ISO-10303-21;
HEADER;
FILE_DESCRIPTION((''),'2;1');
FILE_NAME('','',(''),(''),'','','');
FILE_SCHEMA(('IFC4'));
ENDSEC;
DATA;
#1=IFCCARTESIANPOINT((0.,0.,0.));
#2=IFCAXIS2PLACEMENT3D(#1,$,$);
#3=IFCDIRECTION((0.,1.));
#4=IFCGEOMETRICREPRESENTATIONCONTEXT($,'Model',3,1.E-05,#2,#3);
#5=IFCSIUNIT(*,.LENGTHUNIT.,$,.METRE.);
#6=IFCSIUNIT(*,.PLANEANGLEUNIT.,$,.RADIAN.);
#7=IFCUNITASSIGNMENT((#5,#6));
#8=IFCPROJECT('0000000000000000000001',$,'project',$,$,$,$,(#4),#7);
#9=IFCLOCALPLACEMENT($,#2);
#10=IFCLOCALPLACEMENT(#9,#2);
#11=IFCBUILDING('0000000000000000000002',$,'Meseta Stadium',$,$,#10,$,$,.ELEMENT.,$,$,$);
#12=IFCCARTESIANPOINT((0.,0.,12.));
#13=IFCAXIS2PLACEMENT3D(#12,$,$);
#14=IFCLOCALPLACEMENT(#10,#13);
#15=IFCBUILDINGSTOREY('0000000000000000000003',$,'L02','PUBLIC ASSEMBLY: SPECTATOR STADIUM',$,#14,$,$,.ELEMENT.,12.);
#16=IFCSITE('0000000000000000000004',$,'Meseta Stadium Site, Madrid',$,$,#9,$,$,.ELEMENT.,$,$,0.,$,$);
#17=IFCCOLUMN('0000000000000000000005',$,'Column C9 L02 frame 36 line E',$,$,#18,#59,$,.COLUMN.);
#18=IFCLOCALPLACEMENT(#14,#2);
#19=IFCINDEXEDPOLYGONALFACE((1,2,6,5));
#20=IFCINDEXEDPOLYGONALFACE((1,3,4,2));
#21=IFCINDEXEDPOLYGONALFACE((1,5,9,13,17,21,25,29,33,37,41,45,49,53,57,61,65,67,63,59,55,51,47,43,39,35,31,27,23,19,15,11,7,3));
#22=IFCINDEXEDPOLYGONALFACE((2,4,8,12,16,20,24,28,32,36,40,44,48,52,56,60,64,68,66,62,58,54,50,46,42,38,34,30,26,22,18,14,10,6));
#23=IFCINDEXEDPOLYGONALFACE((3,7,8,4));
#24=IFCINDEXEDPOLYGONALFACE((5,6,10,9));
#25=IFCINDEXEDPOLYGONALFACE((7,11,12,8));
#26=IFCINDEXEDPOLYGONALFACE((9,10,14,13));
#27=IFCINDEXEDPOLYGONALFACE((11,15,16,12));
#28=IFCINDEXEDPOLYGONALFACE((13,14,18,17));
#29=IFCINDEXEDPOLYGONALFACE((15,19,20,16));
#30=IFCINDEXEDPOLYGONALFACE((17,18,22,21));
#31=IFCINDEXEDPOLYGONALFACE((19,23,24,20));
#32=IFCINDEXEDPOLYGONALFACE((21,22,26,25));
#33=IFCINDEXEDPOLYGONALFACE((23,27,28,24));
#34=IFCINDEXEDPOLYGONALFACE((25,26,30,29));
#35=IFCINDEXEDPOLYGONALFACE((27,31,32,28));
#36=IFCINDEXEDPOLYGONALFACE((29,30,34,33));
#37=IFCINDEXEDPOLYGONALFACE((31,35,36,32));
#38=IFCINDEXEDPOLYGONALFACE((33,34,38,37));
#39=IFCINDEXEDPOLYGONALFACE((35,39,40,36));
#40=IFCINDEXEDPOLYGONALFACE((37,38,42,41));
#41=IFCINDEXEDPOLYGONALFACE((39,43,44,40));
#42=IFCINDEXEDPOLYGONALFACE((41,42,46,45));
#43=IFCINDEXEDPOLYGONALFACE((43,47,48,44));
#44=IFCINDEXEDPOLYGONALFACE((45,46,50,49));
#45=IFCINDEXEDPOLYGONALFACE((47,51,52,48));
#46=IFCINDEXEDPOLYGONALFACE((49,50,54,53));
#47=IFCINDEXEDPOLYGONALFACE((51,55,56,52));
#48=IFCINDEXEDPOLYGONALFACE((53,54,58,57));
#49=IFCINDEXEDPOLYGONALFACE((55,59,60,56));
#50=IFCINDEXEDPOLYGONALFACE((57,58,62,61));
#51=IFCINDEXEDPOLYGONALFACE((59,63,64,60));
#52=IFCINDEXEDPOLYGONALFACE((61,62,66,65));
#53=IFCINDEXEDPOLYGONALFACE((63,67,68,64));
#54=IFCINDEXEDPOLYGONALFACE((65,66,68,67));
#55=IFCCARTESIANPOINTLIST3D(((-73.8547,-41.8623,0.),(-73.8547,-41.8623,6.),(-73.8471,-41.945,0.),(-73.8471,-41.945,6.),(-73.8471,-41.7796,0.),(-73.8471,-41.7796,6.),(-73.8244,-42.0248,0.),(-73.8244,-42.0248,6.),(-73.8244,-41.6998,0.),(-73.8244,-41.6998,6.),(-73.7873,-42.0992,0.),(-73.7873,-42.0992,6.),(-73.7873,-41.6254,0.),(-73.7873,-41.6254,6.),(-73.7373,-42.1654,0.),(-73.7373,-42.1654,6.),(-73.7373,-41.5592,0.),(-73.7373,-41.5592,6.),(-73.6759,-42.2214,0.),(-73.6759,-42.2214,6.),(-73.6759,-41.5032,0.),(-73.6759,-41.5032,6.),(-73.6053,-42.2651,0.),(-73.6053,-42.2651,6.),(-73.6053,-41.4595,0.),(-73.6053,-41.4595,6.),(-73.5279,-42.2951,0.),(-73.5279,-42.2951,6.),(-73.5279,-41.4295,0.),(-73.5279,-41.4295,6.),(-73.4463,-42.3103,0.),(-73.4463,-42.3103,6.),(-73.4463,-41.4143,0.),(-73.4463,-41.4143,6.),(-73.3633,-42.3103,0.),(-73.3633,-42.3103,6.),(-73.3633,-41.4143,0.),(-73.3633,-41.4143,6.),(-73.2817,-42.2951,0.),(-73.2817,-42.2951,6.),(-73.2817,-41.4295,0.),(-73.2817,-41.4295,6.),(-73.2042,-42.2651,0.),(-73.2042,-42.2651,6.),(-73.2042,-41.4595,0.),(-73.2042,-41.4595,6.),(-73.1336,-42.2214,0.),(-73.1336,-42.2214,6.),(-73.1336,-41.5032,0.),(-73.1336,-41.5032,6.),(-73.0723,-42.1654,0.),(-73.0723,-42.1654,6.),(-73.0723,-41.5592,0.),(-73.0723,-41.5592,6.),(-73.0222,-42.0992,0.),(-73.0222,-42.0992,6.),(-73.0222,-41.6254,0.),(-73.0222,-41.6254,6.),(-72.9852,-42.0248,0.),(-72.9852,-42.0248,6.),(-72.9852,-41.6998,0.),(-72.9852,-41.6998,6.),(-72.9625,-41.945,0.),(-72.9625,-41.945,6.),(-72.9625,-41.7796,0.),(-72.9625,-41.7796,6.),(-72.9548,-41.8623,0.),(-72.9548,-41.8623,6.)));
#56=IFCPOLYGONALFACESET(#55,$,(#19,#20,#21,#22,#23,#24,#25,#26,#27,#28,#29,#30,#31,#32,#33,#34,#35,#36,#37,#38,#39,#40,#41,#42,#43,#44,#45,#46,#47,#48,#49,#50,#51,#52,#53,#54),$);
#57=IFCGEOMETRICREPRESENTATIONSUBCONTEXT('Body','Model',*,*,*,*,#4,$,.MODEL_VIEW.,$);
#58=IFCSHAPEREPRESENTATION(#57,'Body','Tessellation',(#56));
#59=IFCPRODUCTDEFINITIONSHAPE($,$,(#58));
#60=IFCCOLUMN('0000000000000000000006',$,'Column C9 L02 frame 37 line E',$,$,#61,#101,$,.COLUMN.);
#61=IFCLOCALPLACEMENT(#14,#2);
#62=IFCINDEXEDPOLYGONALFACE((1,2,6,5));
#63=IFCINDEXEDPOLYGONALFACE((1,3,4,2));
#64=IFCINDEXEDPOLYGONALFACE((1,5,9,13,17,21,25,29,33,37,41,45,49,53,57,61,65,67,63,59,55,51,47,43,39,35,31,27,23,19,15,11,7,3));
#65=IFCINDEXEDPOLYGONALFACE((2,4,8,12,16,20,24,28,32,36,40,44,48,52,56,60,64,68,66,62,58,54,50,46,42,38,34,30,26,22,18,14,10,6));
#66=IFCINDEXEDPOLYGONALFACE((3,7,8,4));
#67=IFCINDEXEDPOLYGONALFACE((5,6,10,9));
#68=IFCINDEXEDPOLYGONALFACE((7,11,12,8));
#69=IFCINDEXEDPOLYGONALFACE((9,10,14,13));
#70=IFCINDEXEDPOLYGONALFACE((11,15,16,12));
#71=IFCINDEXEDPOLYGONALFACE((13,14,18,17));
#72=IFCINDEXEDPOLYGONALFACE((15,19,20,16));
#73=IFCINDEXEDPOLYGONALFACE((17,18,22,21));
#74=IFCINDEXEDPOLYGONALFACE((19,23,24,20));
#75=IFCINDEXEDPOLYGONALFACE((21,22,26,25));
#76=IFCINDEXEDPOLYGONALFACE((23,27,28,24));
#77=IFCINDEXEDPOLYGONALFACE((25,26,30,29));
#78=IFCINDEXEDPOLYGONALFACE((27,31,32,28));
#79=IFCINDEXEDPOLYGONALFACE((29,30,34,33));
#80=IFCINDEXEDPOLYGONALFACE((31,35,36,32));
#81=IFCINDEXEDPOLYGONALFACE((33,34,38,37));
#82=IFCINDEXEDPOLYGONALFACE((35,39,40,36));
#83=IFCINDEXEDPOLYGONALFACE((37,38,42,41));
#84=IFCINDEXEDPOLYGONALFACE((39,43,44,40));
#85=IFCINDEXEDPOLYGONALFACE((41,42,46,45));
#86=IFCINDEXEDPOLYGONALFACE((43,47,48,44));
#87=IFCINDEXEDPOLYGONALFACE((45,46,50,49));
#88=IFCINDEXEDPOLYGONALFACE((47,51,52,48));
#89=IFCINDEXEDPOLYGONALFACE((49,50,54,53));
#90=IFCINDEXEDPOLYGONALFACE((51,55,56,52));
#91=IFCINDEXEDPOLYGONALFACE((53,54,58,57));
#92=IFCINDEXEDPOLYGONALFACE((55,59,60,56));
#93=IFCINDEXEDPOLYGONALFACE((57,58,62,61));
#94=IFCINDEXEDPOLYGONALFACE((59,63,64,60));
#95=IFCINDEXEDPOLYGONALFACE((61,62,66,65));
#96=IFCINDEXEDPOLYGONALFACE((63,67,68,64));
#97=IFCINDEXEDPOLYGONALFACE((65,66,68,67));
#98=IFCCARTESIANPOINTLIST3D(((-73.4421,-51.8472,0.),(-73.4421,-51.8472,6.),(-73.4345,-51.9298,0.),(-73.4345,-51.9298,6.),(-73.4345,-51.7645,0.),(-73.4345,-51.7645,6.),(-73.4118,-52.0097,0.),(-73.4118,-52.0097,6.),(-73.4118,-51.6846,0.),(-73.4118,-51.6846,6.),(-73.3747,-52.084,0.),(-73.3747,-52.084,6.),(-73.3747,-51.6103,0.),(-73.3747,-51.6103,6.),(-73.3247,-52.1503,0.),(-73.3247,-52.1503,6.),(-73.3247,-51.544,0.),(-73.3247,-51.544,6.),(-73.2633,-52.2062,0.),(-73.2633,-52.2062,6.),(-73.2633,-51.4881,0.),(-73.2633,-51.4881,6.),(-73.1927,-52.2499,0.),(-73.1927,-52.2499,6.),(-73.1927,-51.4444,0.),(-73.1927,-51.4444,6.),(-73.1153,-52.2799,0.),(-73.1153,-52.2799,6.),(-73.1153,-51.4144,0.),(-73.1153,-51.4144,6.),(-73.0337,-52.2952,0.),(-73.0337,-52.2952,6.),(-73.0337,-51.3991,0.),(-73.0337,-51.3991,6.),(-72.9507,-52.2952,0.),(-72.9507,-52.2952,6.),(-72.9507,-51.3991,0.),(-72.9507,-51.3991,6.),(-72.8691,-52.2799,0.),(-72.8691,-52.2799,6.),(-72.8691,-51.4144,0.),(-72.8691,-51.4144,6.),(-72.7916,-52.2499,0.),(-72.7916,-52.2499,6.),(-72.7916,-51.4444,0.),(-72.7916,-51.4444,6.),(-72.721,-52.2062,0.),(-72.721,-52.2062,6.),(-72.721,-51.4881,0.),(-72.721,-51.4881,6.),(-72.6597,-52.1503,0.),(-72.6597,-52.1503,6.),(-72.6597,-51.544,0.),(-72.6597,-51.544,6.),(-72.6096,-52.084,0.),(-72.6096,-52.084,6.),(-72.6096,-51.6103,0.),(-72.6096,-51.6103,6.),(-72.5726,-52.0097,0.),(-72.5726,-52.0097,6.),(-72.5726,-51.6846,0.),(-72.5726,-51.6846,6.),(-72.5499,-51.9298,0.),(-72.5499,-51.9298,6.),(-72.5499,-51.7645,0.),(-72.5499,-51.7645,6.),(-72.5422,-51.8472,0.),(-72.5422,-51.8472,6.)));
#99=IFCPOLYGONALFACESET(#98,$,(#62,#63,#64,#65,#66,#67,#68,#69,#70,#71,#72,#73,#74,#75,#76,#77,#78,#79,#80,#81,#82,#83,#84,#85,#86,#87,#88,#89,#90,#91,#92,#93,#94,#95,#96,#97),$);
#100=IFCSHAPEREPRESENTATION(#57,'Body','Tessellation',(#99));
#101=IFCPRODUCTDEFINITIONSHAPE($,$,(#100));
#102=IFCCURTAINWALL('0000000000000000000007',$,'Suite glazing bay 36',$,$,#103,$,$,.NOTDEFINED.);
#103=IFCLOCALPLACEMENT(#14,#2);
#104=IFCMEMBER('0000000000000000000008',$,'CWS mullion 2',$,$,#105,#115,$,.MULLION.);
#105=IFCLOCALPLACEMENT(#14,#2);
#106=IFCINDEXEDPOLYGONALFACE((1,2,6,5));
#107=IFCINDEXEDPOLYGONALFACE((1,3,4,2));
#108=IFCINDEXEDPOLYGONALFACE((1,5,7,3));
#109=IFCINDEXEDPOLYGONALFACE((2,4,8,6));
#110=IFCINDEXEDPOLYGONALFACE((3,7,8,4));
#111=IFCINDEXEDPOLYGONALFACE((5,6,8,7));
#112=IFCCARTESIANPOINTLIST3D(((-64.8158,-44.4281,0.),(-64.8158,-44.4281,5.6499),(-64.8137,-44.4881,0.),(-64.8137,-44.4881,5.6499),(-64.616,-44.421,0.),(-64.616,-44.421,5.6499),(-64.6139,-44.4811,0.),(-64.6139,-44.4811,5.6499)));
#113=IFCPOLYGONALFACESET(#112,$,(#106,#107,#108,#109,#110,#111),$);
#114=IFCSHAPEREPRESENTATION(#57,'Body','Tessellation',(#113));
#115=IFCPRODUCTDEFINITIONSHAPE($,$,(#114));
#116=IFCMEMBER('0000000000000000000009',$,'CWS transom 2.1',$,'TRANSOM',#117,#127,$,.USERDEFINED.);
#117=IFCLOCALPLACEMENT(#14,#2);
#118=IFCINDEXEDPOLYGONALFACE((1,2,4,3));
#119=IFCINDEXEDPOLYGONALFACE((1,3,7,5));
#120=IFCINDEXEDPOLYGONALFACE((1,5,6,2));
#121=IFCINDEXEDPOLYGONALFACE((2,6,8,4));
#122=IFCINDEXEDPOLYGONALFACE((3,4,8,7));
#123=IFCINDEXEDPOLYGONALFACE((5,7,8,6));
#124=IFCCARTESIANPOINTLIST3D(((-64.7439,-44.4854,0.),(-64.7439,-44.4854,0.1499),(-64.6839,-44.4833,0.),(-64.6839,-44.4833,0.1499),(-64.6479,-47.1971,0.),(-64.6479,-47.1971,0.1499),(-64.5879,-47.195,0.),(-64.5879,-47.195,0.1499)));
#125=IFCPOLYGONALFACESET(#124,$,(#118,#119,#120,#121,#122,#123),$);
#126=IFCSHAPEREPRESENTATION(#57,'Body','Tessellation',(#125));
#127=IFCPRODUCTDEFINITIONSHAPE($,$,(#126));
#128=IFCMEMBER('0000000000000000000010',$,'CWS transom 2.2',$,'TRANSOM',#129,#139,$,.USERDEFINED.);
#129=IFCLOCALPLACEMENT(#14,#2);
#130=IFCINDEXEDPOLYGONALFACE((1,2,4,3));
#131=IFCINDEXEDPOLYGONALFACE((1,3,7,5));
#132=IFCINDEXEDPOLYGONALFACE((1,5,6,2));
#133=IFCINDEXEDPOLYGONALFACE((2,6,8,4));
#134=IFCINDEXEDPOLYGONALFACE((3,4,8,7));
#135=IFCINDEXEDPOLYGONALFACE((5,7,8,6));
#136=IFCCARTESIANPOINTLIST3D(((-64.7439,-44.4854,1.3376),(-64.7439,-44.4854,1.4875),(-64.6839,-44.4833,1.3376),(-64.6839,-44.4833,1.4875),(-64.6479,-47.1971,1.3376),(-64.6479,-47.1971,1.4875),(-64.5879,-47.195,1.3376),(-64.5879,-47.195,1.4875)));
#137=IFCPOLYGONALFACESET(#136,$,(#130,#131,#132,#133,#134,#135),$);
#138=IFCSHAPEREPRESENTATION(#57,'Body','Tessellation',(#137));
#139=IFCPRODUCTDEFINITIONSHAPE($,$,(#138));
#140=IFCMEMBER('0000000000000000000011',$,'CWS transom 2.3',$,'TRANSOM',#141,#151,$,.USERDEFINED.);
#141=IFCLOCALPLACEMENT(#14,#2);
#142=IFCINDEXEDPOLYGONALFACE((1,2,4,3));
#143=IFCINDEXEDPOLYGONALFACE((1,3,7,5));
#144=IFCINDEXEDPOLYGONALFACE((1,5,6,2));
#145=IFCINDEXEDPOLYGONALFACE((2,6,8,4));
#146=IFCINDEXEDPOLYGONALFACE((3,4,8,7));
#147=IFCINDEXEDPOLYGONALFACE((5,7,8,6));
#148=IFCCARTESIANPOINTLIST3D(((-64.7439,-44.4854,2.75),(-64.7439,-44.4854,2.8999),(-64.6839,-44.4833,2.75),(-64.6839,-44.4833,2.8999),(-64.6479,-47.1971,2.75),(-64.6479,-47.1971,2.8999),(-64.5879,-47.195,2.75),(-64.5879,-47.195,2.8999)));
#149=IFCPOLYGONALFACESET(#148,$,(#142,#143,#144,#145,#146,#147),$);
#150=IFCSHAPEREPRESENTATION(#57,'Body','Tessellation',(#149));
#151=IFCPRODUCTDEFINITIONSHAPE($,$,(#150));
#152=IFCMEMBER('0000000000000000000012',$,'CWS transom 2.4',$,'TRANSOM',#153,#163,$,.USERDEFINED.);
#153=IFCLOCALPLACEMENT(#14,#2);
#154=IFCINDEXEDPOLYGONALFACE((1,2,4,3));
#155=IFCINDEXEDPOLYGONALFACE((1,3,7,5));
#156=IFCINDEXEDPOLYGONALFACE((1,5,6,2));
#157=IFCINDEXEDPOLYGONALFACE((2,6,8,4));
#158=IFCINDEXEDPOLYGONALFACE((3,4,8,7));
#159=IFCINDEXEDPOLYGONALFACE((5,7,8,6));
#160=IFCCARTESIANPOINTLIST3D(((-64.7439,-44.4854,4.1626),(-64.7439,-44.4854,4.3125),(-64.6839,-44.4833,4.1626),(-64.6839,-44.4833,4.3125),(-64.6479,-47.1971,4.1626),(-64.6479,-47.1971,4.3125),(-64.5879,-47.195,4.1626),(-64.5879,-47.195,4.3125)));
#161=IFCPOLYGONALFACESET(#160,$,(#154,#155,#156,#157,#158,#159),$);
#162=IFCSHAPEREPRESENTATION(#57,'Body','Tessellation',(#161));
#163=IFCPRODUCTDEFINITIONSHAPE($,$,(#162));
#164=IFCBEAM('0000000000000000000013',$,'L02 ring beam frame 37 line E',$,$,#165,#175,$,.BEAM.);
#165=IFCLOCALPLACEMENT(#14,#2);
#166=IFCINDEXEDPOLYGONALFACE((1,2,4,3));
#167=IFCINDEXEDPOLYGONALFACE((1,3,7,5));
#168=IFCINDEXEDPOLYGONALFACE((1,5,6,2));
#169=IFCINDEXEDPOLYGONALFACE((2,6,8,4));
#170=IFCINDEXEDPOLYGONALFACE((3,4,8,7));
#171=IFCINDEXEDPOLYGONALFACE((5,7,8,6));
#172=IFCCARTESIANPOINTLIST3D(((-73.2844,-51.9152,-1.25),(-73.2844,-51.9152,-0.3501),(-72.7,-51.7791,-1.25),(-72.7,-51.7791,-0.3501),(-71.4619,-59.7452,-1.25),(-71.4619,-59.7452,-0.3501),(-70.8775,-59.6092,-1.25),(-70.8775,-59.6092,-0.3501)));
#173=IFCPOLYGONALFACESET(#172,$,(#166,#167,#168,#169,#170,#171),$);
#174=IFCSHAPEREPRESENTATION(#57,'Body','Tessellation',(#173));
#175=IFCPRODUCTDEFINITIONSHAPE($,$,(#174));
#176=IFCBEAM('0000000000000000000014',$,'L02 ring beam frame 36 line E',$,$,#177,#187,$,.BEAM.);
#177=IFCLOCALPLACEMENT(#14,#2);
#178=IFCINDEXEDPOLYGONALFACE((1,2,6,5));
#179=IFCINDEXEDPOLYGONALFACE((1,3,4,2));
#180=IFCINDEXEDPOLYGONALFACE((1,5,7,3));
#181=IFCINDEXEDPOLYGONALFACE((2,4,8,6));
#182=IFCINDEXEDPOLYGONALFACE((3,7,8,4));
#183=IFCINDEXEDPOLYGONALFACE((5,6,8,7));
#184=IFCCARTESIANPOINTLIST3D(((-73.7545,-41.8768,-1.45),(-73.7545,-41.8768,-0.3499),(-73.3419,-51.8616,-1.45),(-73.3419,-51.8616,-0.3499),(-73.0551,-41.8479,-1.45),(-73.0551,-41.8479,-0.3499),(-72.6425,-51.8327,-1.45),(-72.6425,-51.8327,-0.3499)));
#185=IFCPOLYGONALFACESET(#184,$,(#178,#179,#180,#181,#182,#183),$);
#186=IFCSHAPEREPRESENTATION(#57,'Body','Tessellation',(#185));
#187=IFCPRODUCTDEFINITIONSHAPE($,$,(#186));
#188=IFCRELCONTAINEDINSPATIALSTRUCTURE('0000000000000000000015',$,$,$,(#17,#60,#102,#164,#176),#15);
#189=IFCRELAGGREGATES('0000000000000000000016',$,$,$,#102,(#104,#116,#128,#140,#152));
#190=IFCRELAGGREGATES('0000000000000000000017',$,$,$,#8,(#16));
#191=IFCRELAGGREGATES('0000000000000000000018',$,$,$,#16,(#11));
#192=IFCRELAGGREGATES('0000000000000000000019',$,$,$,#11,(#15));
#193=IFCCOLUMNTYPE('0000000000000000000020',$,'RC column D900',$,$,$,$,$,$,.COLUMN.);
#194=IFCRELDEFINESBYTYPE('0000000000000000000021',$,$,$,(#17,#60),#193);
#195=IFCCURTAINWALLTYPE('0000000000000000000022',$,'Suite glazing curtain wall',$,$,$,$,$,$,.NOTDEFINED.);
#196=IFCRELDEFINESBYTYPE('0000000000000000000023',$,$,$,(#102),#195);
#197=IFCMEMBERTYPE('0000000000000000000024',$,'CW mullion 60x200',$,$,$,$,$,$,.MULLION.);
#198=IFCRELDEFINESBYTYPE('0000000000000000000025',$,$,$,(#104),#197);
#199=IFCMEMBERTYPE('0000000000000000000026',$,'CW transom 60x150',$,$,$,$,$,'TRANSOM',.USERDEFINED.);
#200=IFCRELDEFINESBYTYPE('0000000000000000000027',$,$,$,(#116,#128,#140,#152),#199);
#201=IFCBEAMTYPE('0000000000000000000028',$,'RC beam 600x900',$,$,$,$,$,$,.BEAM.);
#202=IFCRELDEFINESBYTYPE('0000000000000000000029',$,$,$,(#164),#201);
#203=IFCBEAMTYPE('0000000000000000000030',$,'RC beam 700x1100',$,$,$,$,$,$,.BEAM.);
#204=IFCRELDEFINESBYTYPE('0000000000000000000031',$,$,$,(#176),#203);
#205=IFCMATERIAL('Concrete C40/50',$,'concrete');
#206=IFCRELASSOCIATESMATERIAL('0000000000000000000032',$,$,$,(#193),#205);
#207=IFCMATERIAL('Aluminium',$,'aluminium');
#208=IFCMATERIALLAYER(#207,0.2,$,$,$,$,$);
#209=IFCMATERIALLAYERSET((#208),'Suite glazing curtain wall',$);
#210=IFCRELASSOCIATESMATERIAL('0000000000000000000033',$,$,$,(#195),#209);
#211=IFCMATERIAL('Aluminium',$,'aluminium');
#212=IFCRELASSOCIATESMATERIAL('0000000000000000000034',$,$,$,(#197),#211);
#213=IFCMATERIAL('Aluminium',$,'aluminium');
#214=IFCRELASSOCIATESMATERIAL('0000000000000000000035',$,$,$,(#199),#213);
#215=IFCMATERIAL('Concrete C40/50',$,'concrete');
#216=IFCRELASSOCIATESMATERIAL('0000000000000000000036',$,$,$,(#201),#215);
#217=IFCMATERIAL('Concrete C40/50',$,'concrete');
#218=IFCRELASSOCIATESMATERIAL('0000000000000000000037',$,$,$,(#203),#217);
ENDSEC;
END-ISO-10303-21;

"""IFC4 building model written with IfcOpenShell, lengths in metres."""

from ifc_helpers import new_model, si_unit, direction, frame, origin, origin_2d, place, context, subcontext, project, spatial, rectangle, circle, extrude, material, layer, layer_set, material_profile, profile_set, type_object, element, aggregate, save


model = new_model("IFC4")

# Units and contexts
model_context = context("Model", 3, precision=1e-05, world=origin(), true_north=direction((0.0, 1.0)))
body_context = subcontext(model_context, "Body", "Model", "MODEL_VIEW")
ifc_project = project(units=[si_unit("LENGTHUNIT", "METRE"), si_unit("PLANEANGLEUNIT", "RADIAN")], contexts=[model_context])

# Site, building, storey
site_placement = place(None, origin())
site = spatial("IfcSite", under=ifc_project, at=site_placement, Name="Meseta Stadium Site, Madrid", CompositionType="ELEMENT", RefElevation=0.0)
building_placement = place(site_placement, origin())
building = spatial("IfcBuilding", under=site, at=building_placement, Name="Meseta Stadium", CompositionType="ELEMENT")
storey_placement = place(building_placement, frame((0.0, 0.0, 12.0)))
storey = spatial("IfcBuildingStorey", under=building, at=storey_placement, Name="L02", Description="PUBLIC ASSEMBLY: SPECTATOR STADIUM", CompositionType="ELEMENT", Elevation=12.0)

# Columns
ifc_material_1 = material(Name="Concrete C40/50", Category="concrete")
ifc_material_profile_1 = material_profile(ifc_material_1, circle(Radius=0.45, at=origin_2d()), Name="RC D900")
ifc_profile_set_1 = profile_set([ifc_material_profile_1], Name="Concrete C40/50")
column_type = type_object("IfcColumnType", Name="RC column D900", PredefinedType="COLUMN", material=ifc_profile_set_1)
for number, where, z_axis, x_axis, name in (
    (1, (-73.4048, -41.8623, 0.0), (0.0, 0.0, 1.0), (1.0, 0.0, 0.0), "Column C9 L02 frame 36 line E"),
    (2, (-72.9922, -51.8472, 0.0), (0.0, 0.0, 1.0), (1.0, 0.0, 0.0), "Column C9 L02 frame 37 line E"),
):
    element("IfcColumn", number, at=place(storey_placement, frame(where, z_axis=z_axis, x_axis=x_axis)), inside=storey, type_object=column_type, Name=name, PredefinedType="COLUMN", context=body_context, shape_type="SweptSolid", body=[
        extrude(circle(Radius=0.45, at=origin_2d()), origin(), (0.0, 0.0, 1.0), 6.0),
    ])

# Curtain wall, members
ifc_material_2 = material(Name="Aluminium", Category="aluminium")
ifc_layer_1 = layer(ifc_material_2, 0.2)
ifc_layer_set_1 = layer_set([ifc_layer_1], Name="Suite glazing curtain wall")
curtain_wall_type = type_object("IfcCurtainWallType", Name="Suite glazing curtain wall", PredefinedType="NOTDEFINED", material=ifc_layer_set_1)
curtain_wall_placement = place(storey_placement, origin())
curtain_wall = element("IfcCurtainWall", 3, at=curtain_wall_placement, inside=storey, type_object=curtain_wall_type, Name="Suite glazing bay 36", PredefinedType="NOTDEFINED")
ifc_material_3 = material(Name="Aluminium", Category="aluminium")
ifc_material_profile_2 = material_profile(ifc_material_3, rectangle(XDim=0.2, YDim=0.0601, at=origin_2d()), Name="CW 200x60")
ifc_profile_set_2 = profile_set([ifc_material_profile_2], Name="Aluminium")
member_type_1 = type_object("IfcMemberType", Name="CW mullion 60x200", PredefinedType="MULLION", material=ifc_profile_set_2)
member_1_placement = place(storey_placement, frame((-64.7148, -44.4546, 0.0), z_axis=(0.0, 0.0, 1.0), x_axis=(0.999374, 0.035371, 0.0)))
member_1 = element("IfcMember", 4, at=member_1_placement, type_object=member_type_1, Name="CWS mullion 2", PredefinedType="MULLION", context=body_context, shape_type="SweptSolid", body=[
    extrude(rectangle(XDim=0.2, YDim=0.0601, at=origin_2d()), origin(), (0.0, 0.0, 1.0), 5.6499),
])
ifc_material_4 = material(Name="Aluminium", Category="aluminium")
ifc_material_profile_3 = material_profile(ifc_material_4, rectangle(XDim=0.0601, YDim=0.1499, at=origin_2d()), Name="CW 60x150")
ifc_profile_set_3 = profile_set([ifc_material_profile_3], Name="Aluminium")
member_type_2 = type_object("IfcMemberType", Name="CW transom 60x150", ElementType="TRANSOM", PredefinedType="USERDEFINED", material=ifc_profile_set_3)
member_2_placement = place(storey_placement, frame((-64.7139, -44.4844, 0.075), z_axis=(0.035361, -0.999375, 0.0), x_axis=(0.999375, 0.035361, 0.0)))
member_2 = element("IfcMember", 5, at=member_2_placement, type_object=member_type_2, Name="CWS transom 2.1", ObjectType="TRANSOM", PredefinedType="USERDEFINED", context=body_context, shape_type="SweptSolid", body=[
    extrude(rectangle(XDim=0.0601, YDim=0.1499, at=origin_2d()), origin(), (0.0, 0.0, 1.0), 2.7134),
])
member_3_placement = place(storey_placement, frame((-64.7139, -44.4844, 1.4126), z_axis=(0.035361, -0.999375, 0.0), x_axis=(0.999375, 0.035361, 0.0)))
member_3 = element("IfcMember", 6, at=member_3_placement, type_object=member_type_2, Name="CWS transom 2.2", ObjectType="TRANSOM", PredefinedType="USERDEFINED", context=body_context, shape_type="SweptSolid", body=[
    extrude(rectangle(XDim=0.0601, YDim=0.1499, at=origin_2d()), origin(), (0.0, 0.0, 1.0), 2.7134),
])
member_4_placement = place(storey_placement, frame((-64.7139, -44.4844, 2.825), z_axis=(0.035361, -0.999375, 0.0), x_axis=(0.999375, 0.035361, 0.0)))
member_4 = element("IfcMember", 7, at=member_4_placement, type_object=member_type_2, Name="CWS transom 2.3", ObjectType="TRANSOM", PredefinedType="USERDEFINED", context=body_context, shape_type="SweptSolid", body=[
    extrude(rectangle(XDim=0.0601, YDim=0.1499, at=origin_2d()), origin(), (0.0, 0.0, 1.0), 2.7134),
])
member_5_placement = place(storey_placement, frame((-64.7139, -44.4844, 4.2375), z_axis=(0.035361, -0.999375, 0.0), x_axis=(0.999375, 0.035361, 0.0)))
member_5 = element("IfcMember", 8, at=member_5_placement, type_object=member_type_2, Name="CWS transom 2.4", ObjectType="TRANSOM", PredefinedType="USERDEFINED", context=body_context, shape_type="SweptSolid", body=[
    extrude(rectangle(XDim=0.0601, YDim=0.1499, at=origin_2d()), origin(), (0.0, 0.0, 1.0), 2.7134),
])

# Beams
ifc_material_5 = material(Name="Concrete C40/50", Category="concrete")
ifc_material_profile_4 = material_profile(ifc_material_5, rectangle(XDim=0.6001, YDim=0.8999, at=origin_2d()), Name="RC 600x900")
ifc_profile_set_4 = profile_set([ifc_material_profile_4], Name="Concrete C40/50")
beam_type_1 = type_object("IfcBeamType", Name="RC beam 600x900", PredefinedType="BEAM", material=ifc_profile_set_4)
beam_1_placement = place(storey_placement, frame((-72.9922, -51.8472, -0.8), z_axis=(0.226698, -0.973965, 0.0), x_axis=(0.973965, 0.226698, 0.0)))
element("IfcBeam", 9, at=beam_1_placement, inside=storey, type_object=beam_type_1, Name="L02 ring beam frame 37 line E", PredefinedType="BEAM", context=body_context, shape_type="SweptSolid", body=[
    extrude(rectangle(XDim=0.6001, YDim=0.8999, at=origin_2d()), origin(), (0.0, 0.0, 1.0), 8.0393),
])
ifc_material_6 = material(Name="Concrete C40/50", Category="concrete")
ifc_material_profile_5 = material_profile(ifc_material_6, rectangle(XDim=0.7, YDim=1.1001, at=origin_2d()), Name="RC 700x1100")
ifc_profile_set_5 = profile_set([ifc_material_profile_5], Name="Concrete C40/50")
beam_type_2 = type_object("IfcBeamType", Name="RC beam 700x1100", PredefinedType="BEAM", material=ifc_profile_set_5)
beam_2_placement = place(storey_placement, frame((-73.4048, -41.8623, -0.8999), z_axis=(0.041287, -0.999147, 0.0), x_axis=(0.999147, 0.041287, 0.0)))
element("IfcBeam", 10, at=beam_2_placement, inside=storey, type_object=beam_type_2, Name="L02 ring beam frame 36 line E", PredefinedType="BEAM", context=body_context, shape_type="SweptSolid", body=[
    extrude(rectangle(XDim=0.7, YDim=1.1001, at=origin_2d()), origin(), (0.0, 0.0, 1.0), 9.9934),
])

aggregate(curtain_wall, [member_1, member_2, member_3, member_4, member_5])

save(model, "model.ifc")
